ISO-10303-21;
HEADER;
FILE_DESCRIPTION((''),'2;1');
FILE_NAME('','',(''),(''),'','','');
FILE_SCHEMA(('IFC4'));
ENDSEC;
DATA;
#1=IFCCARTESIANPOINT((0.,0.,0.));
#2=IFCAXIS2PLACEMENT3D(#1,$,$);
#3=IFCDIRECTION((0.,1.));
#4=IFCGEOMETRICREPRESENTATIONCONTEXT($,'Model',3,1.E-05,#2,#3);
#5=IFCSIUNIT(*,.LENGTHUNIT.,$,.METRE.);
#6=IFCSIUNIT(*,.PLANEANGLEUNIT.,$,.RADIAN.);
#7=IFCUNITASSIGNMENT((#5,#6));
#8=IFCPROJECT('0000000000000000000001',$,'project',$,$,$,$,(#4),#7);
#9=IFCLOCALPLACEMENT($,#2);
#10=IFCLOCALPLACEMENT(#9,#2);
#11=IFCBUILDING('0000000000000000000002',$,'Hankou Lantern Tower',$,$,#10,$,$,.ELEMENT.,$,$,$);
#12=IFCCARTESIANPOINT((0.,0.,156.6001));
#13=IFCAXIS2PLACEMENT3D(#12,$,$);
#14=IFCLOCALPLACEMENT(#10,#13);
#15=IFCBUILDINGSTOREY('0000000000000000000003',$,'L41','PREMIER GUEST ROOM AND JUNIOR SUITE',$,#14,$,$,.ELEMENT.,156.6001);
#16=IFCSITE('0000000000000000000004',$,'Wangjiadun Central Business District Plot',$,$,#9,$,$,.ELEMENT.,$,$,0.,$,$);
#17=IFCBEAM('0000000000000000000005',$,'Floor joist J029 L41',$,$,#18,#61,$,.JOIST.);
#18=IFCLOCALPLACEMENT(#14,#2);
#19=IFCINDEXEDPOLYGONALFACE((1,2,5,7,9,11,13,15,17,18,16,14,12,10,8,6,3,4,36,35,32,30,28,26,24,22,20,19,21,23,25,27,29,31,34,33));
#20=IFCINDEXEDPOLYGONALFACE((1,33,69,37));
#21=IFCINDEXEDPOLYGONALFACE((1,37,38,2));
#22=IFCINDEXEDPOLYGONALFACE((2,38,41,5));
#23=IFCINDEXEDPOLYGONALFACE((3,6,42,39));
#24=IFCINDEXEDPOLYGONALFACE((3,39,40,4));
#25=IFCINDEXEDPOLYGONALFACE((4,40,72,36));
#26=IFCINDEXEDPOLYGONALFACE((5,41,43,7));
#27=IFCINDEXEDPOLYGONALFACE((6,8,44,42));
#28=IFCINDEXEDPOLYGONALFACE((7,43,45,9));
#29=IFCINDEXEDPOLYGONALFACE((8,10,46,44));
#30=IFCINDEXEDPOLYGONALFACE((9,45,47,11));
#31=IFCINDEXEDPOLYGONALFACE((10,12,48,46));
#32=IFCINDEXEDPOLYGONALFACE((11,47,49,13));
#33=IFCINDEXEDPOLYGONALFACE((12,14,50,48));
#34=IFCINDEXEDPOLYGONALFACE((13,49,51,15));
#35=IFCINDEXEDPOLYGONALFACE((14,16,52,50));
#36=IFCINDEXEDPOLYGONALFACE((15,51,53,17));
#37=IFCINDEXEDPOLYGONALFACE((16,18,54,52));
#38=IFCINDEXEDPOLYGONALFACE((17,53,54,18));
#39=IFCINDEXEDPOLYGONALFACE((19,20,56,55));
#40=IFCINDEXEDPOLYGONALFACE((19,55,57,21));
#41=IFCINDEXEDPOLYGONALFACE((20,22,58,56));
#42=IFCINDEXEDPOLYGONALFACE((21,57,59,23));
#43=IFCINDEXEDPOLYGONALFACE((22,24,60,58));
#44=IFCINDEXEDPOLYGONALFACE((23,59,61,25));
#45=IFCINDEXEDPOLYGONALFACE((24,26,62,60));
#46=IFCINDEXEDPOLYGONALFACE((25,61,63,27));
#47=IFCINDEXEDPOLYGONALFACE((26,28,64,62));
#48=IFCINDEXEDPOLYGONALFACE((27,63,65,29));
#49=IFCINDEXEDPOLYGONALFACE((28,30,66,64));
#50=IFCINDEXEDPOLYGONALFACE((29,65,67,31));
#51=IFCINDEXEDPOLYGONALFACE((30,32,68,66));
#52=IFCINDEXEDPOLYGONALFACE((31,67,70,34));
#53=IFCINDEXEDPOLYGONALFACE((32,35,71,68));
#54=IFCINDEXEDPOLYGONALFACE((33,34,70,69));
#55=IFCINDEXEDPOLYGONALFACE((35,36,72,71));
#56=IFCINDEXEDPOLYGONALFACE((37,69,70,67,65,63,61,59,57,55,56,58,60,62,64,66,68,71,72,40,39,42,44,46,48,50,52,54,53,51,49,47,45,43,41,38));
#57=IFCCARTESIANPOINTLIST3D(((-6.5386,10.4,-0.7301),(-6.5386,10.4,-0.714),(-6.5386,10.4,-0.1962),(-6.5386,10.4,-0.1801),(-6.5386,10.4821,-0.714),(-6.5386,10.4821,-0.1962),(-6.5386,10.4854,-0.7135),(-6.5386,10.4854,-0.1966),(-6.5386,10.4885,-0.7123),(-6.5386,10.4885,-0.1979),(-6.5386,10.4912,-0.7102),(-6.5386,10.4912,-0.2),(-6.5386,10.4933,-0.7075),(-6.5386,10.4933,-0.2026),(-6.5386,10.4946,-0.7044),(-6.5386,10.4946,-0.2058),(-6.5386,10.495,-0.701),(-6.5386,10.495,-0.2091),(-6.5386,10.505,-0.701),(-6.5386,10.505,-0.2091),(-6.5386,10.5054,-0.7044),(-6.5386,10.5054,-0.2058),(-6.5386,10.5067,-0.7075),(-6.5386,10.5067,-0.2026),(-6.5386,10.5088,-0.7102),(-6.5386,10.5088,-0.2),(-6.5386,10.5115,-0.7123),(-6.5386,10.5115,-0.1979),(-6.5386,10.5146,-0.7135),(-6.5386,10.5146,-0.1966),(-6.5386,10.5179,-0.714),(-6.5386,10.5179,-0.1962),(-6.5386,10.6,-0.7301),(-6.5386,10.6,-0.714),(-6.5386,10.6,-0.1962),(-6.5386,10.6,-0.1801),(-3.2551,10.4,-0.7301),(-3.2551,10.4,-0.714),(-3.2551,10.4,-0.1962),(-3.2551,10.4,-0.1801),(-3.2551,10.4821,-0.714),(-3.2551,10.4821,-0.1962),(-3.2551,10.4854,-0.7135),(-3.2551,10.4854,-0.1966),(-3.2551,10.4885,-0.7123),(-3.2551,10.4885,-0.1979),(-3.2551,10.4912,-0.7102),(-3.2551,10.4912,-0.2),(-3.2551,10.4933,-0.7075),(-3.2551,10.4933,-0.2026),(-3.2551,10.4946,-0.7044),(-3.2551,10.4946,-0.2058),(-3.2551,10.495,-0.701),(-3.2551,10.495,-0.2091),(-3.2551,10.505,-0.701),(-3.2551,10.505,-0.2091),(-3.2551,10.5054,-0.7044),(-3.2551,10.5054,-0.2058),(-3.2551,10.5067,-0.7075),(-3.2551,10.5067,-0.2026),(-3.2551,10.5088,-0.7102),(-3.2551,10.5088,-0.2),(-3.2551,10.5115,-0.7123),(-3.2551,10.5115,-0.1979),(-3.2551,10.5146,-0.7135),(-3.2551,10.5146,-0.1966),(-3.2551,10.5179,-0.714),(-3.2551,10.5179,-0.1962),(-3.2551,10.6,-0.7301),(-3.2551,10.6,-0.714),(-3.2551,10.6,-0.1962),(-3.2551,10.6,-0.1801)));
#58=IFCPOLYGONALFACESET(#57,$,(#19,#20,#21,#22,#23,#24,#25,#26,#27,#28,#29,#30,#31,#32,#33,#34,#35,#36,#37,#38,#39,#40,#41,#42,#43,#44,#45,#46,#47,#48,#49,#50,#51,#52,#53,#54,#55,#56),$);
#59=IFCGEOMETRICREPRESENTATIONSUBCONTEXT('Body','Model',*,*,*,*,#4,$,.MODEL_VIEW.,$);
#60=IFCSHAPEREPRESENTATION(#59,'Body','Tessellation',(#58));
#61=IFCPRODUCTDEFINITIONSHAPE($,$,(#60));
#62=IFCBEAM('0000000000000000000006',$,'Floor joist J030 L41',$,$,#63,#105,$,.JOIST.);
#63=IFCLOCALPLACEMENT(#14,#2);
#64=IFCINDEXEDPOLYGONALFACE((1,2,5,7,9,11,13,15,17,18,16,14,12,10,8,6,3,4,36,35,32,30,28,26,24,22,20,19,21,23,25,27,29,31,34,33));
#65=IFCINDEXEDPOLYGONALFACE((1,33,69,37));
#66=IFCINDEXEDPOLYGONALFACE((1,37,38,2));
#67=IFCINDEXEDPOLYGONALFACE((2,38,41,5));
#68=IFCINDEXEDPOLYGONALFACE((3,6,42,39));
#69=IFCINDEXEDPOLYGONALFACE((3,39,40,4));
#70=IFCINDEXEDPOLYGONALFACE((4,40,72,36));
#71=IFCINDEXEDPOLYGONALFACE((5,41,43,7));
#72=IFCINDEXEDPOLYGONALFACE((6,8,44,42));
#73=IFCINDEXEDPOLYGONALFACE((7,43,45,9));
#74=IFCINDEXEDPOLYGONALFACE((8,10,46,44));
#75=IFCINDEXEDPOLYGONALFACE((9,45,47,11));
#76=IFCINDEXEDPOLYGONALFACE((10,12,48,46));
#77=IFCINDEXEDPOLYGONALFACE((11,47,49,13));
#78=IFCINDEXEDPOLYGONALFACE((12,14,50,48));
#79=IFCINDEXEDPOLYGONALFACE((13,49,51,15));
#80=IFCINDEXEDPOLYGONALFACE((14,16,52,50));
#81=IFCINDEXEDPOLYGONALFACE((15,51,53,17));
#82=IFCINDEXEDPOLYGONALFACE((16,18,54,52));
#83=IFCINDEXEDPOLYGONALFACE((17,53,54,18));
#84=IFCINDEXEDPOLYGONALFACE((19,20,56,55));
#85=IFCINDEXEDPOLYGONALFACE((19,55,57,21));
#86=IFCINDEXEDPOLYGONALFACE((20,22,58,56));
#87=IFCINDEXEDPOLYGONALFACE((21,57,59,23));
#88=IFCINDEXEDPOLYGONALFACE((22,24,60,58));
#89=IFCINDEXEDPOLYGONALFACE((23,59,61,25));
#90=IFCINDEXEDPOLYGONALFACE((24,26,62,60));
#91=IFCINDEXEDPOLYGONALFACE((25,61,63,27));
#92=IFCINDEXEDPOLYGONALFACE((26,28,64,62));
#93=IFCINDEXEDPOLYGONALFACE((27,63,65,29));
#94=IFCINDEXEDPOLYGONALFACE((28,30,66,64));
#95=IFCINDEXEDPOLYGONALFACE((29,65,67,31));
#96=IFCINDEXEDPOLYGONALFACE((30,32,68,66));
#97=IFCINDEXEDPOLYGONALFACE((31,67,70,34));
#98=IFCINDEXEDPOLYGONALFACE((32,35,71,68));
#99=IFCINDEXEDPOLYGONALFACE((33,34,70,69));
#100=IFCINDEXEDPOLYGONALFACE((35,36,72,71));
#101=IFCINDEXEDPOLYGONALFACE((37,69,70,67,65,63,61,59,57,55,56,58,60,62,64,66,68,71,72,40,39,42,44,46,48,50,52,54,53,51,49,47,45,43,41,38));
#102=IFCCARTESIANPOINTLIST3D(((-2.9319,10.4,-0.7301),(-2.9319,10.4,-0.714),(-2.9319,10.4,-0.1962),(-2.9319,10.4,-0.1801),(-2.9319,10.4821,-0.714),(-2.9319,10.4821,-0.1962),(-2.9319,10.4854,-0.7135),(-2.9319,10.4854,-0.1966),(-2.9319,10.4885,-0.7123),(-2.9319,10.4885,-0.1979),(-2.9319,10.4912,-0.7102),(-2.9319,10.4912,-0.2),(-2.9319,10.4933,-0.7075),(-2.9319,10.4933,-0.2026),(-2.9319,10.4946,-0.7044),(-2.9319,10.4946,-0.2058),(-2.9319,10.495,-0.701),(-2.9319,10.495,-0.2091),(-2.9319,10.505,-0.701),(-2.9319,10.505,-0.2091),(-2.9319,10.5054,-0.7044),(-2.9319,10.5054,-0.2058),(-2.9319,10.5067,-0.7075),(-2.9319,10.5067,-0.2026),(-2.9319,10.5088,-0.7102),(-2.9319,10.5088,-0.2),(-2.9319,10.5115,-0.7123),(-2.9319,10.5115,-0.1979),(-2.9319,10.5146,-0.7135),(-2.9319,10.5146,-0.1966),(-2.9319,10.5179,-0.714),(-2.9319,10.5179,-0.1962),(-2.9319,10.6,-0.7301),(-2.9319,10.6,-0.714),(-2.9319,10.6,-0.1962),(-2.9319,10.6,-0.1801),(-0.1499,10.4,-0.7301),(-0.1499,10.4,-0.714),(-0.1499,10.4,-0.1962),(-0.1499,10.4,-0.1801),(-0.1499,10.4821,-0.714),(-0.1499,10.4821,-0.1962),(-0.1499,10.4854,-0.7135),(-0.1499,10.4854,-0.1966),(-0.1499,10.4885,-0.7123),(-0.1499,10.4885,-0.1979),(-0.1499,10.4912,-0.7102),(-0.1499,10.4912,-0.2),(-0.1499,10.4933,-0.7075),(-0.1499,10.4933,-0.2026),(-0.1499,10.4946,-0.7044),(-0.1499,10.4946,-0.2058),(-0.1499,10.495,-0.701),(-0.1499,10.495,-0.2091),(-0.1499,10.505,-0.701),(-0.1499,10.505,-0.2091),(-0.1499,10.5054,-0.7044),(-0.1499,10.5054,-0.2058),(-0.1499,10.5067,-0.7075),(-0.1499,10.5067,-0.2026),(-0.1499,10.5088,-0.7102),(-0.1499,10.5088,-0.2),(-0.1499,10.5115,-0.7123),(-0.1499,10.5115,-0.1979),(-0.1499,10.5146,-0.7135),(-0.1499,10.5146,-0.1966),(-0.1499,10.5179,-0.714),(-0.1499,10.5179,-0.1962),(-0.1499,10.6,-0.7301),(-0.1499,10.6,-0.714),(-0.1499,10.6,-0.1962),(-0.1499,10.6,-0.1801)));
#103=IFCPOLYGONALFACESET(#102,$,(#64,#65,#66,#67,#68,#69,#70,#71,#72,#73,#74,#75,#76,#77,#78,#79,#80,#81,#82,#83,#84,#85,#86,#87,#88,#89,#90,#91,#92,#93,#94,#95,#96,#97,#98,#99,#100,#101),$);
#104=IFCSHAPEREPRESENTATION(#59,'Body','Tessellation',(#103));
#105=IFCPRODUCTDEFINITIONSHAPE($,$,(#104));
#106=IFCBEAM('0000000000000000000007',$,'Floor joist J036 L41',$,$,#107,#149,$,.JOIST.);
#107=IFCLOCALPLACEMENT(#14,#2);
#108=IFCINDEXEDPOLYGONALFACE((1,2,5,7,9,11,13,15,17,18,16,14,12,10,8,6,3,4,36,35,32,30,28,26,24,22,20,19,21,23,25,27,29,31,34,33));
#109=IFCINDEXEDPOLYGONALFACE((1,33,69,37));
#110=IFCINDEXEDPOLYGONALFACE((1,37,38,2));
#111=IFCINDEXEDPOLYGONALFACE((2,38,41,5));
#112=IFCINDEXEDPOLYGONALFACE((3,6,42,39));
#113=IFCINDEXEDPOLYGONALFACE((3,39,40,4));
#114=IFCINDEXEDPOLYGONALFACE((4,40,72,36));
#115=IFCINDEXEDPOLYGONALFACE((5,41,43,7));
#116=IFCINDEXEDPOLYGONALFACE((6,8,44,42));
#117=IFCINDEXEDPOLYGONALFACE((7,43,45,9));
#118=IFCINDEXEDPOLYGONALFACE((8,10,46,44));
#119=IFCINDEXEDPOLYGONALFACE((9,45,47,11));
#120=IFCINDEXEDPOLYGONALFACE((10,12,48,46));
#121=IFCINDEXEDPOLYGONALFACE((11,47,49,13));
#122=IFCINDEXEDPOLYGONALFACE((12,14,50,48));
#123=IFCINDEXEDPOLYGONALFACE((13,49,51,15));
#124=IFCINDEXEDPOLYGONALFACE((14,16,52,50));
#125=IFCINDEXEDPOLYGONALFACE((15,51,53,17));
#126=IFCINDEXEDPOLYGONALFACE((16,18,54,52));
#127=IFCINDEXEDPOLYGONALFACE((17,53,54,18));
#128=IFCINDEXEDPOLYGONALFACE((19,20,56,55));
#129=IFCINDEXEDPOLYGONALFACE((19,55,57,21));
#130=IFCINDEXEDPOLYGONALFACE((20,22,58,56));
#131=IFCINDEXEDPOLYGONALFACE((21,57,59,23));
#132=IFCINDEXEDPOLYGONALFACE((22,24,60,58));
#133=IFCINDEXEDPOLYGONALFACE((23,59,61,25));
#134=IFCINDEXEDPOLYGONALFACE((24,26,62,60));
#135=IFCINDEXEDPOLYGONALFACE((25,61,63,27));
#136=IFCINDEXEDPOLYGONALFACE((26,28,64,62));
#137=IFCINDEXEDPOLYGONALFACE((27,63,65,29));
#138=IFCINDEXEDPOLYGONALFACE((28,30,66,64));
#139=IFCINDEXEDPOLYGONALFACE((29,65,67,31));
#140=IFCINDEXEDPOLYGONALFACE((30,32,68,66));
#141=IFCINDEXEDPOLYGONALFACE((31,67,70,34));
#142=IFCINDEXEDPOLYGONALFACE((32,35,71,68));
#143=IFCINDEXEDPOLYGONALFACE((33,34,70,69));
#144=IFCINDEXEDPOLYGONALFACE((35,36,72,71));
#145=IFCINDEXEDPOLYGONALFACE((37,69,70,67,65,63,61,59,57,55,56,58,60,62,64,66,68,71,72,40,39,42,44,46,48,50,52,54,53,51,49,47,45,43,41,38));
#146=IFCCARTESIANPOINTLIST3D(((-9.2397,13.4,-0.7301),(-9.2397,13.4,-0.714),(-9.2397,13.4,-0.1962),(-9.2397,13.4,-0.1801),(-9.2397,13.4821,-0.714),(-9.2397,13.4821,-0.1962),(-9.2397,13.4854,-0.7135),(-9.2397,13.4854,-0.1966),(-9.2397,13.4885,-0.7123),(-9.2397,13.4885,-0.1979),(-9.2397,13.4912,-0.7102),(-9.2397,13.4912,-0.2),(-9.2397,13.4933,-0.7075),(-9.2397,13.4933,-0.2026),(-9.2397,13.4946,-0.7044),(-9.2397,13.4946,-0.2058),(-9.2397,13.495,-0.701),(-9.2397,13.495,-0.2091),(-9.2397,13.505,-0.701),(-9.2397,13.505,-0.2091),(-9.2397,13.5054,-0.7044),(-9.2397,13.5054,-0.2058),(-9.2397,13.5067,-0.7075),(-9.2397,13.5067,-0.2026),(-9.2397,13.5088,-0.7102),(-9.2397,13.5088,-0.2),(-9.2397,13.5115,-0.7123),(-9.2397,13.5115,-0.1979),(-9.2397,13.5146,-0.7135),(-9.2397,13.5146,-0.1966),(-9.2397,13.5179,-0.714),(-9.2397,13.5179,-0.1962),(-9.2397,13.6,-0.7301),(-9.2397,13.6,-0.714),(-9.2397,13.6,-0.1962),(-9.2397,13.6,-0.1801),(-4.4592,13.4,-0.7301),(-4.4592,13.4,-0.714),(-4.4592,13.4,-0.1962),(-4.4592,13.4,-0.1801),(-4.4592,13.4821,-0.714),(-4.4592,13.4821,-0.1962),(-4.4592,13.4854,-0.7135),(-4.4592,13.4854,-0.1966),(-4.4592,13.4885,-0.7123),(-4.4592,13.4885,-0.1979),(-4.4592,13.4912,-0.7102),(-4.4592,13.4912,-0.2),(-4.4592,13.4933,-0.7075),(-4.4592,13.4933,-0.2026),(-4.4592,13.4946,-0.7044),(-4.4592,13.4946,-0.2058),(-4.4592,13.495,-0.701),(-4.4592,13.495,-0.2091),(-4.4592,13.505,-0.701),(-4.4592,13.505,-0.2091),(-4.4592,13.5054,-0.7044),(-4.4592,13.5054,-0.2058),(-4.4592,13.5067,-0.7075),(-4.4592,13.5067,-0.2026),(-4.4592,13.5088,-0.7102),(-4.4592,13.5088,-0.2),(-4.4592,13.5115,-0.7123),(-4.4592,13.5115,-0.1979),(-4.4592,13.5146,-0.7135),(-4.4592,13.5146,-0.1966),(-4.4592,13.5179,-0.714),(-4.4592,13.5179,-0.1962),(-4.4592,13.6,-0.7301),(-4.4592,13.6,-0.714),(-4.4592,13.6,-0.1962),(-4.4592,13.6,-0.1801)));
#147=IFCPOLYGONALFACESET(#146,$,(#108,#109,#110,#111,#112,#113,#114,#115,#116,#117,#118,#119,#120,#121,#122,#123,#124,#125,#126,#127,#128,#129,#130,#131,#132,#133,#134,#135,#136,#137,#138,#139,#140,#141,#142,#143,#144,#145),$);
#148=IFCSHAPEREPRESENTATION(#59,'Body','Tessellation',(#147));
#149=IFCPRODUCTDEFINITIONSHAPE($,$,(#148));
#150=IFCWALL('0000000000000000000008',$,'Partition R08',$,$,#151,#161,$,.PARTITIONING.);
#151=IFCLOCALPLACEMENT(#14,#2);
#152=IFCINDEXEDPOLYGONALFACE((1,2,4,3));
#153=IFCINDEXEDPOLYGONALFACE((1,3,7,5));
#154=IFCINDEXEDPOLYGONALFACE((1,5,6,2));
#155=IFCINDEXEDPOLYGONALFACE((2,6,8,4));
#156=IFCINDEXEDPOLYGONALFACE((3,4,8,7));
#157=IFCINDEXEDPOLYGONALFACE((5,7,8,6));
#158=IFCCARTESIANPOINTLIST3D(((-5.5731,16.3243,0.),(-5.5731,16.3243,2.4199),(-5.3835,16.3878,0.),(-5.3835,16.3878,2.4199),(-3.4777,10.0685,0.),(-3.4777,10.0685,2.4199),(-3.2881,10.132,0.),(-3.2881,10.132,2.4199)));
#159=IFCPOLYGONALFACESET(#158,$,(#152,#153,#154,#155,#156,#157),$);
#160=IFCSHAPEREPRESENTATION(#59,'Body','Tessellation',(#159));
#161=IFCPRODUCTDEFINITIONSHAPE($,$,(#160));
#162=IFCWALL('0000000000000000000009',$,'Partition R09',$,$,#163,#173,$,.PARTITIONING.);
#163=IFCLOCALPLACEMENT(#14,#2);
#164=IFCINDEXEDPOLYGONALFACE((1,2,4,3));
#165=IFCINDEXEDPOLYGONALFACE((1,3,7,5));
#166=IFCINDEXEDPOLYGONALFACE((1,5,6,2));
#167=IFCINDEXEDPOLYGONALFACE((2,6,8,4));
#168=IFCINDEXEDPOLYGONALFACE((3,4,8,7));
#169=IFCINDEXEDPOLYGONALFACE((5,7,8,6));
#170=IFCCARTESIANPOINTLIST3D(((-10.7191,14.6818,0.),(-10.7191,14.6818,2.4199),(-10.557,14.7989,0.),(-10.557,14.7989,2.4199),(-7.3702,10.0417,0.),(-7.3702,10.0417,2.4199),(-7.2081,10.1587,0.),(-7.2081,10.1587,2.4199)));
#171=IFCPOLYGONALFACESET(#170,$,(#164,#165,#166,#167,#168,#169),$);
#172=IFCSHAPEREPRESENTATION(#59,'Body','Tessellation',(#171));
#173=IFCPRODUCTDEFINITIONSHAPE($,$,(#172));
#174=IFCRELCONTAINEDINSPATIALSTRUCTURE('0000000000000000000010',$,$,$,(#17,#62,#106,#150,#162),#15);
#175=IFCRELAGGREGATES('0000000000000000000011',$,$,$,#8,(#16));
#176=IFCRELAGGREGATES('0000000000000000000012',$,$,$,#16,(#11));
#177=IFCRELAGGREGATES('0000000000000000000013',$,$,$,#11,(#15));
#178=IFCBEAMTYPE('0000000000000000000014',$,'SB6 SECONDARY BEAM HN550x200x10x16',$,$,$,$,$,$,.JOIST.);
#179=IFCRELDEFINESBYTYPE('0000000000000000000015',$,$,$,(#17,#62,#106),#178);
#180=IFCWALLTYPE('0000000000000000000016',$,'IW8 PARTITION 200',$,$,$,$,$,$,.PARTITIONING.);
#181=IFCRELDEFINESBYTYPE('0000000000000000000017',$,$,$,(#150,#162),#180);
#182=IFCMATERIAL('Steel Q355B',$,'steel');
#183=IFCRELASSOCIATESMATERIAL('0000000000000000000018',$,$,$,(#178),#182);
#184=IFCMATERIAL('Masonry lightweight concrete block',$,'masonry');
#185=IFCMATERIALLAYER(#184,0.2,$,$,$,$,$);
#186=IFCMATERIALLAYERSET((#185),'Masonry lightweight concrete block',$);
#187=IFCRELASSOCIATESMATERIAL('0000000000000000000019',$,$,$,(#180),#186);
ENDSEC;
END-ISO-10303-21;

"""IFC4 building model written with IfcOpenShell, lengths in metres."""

from ifc_helpers import new_model, si_unit, direction, frame, frame_2d, origin, origin_2d, place, context, subcontext, project, spatial, rectangle, i_section, extrude, material, layer, layer_set, material_profile, profile_set, type_object, element, save


model = new_model("IFC4")

# Units and contexts
model_context = context("Model", 3, precision=1e-05, world=origin(), true_north=direction((0.0, 1.0)))
body_context = subcontext(model_context, "Body", "Model", "MODEL_VIEW")
ifc_project = project(units=[si_unit("LENGTHUNIT", "METRE"), si_unit("PLANEANGLEUNIT", "RADIAN")], contexts=[model_context])

# Site, building, storey
site_placement = place(None, origin())
site = spatial("IfcSite", under=ifc_project, at=site_placement, Name="Wangjiadun Central Business District Plot", CompositionType="ELEMENT", RefElevation=0.0)
building_placement = place(site_placement, origin())
building = spatial("IfcBuilding", under=site, at=building_placement, Name="Hankou Lantern Tower", CompositionType="ELEMENT")
storey_placement = place(building_placement, frame((0.0, 0.0, 156.6001)))
storey = spatial("IfcBuildingStorey", under=building, at=storey_placement, Name="L41", Description="PREMIER GUEST ROOM AND JUNIOR SUITE", CompositionType="ELEMENT", Elevation=156.6001)

# Beams
ifc_material_1 = material(Name="Steel Q355B", Category="steel")
ifc_material_profile_1 = material_profile(ifc_material_1, i_section(OverallWidth=0.2, OverallDepth=0.55, WebThickness=0.01, FlangeThickness=0.0161, FilletRadius=0.0129, at=origin_2d()), Name="HN550x200x10x16")
ifc_profile_set_1 = profile_set([ifc_material_profile_1], Name="Steel Q355B")
beam_type_1 = type_object("IfcBeamType", Name="SB6 SECONDARY BEAM HN550x200x10x16", PredefinedType="JOIST", material=ifc_profile_set_1)
beam_1_placement = place(storey_placement, frame((-6.5386, 10.5, -0.4551), z_axis=(1.0, 0.0, 0.0), x_axis=(0.0, 1.0, 0.0)))
element("IfcBeam", 1, at=beam_1_placement, inside=storey, type_object=beam_type_1, Name="Floor joist J029 L41", PredefinedType="JOIST", context=body_context, shape_type="SweptSolid", body=[
    extrude(i_section(OverallWidth=0.2, OverallDepth=0.55, WebThickness=0.01, FlangeThickness=0.0161, FilletRadius=0.0129, at=origin_2d()), origin(), (0.0, 0.0, 1.0), 3.2834),
])
beam_2_placement = place(storey_placement, frame((-2.9319, 10.5, -0.4551), z_axis=(1.0, 0.0, 0.0), x_axis=(0.0, 1.0, 0.0)))
element("IfcBeam", 2, at=beam_2_placement, inside=storey, type_object=beam_type_1, Name="Floor joist J030 L41", PredefinedType="JOIST", context=body_context, shape_type="SweptSolid", body=[
    extrude(i_section(OverallWidth=0.2, OverallDepth=0.55, WebThickness=0.01, FlangeThickness=0.0161, FilletRadius=0.0129, at=origin_2d()), origin(), (0.0, 0.0, 1.0), 2.782),
])
beam_3_placement = place(storey_placement, frame((-9.2397, 13.5, -0.4551), z_axis=(1.0, 0.0, 0.0), x_axis=(0.0, 1.0, 0.0)))
element("IfcBeam", 3, at=beam_3_placement, inside=storey, type_object=beam_type_1, Name="Floor joist J036 L41", PredefinedType="JOIST", context=body_context, shape_type="SweptSolid", body=[
    extrude(i_section(OverallWidth=0.2, OverallDepth=0.55, WebThickness=0.01, FlangeThickness=0.0161, FilletRadius=0.0129, at=origin_2d()), origin(), (0.0, 0.0, 1.0), 4.7805),
])

# Walls
ifc_material_2 = material(Name="Masonry lightweight concrete block", Category="masonry")
ifc_layer = layer(ifc_material_2, 0.2)
ifc_layer_set = layer_set([ifc_layer], Name="Masonry lightweight concrete block")
wall_type = type_object("IfcWallType", Name="IW8 PARTITION 200", PredefinedType="PARTITIONING", material=ifc_layer_set)
wall_1_placement = place(storey_placement, frame((-3.3828, 10.1001, 0.0), z_axis=(0.0, 0.0, 1.0), x_axis=(-0.317615, 0.94822, 0.0)))
element("IfcWall", 4, at=wall_1_placement, inside=storey, type_object=wall_type, Name="Partition R08", PredefinedType="PARTITIONING", context=body_context, shape_type="SweptSolid", body=[
    extrude(rectangle(XDim=6.5974, YDim=0.2, at=frame_2d((3.2988, 0.0))), origin(), (0.0, 0.0, 1.0), 2.4199),
])
wall_2_placement = place(storey_placement, frame((-7.2891, 10.1001, 0.0), z_axis=(0.0, 0.0, 1.0), x_axis=(-0.585223, 0.810873, 0.0)))
element("IfcWall", 5, at=wall_2_placement, inside=storey, type_object=wall_type, Name="Partition R09", PredefinedType="PARTITIONING", context=body_context, shape_type="SweptSolid", body=[
    extrude(rectangle(XDim=5.7224, YDim=0.2, at=frame_2d((2.8613, 0.0))), origin(), (0.0, 0.0, 1.0), 2.4199),
])

save(model, "model.ifc")
